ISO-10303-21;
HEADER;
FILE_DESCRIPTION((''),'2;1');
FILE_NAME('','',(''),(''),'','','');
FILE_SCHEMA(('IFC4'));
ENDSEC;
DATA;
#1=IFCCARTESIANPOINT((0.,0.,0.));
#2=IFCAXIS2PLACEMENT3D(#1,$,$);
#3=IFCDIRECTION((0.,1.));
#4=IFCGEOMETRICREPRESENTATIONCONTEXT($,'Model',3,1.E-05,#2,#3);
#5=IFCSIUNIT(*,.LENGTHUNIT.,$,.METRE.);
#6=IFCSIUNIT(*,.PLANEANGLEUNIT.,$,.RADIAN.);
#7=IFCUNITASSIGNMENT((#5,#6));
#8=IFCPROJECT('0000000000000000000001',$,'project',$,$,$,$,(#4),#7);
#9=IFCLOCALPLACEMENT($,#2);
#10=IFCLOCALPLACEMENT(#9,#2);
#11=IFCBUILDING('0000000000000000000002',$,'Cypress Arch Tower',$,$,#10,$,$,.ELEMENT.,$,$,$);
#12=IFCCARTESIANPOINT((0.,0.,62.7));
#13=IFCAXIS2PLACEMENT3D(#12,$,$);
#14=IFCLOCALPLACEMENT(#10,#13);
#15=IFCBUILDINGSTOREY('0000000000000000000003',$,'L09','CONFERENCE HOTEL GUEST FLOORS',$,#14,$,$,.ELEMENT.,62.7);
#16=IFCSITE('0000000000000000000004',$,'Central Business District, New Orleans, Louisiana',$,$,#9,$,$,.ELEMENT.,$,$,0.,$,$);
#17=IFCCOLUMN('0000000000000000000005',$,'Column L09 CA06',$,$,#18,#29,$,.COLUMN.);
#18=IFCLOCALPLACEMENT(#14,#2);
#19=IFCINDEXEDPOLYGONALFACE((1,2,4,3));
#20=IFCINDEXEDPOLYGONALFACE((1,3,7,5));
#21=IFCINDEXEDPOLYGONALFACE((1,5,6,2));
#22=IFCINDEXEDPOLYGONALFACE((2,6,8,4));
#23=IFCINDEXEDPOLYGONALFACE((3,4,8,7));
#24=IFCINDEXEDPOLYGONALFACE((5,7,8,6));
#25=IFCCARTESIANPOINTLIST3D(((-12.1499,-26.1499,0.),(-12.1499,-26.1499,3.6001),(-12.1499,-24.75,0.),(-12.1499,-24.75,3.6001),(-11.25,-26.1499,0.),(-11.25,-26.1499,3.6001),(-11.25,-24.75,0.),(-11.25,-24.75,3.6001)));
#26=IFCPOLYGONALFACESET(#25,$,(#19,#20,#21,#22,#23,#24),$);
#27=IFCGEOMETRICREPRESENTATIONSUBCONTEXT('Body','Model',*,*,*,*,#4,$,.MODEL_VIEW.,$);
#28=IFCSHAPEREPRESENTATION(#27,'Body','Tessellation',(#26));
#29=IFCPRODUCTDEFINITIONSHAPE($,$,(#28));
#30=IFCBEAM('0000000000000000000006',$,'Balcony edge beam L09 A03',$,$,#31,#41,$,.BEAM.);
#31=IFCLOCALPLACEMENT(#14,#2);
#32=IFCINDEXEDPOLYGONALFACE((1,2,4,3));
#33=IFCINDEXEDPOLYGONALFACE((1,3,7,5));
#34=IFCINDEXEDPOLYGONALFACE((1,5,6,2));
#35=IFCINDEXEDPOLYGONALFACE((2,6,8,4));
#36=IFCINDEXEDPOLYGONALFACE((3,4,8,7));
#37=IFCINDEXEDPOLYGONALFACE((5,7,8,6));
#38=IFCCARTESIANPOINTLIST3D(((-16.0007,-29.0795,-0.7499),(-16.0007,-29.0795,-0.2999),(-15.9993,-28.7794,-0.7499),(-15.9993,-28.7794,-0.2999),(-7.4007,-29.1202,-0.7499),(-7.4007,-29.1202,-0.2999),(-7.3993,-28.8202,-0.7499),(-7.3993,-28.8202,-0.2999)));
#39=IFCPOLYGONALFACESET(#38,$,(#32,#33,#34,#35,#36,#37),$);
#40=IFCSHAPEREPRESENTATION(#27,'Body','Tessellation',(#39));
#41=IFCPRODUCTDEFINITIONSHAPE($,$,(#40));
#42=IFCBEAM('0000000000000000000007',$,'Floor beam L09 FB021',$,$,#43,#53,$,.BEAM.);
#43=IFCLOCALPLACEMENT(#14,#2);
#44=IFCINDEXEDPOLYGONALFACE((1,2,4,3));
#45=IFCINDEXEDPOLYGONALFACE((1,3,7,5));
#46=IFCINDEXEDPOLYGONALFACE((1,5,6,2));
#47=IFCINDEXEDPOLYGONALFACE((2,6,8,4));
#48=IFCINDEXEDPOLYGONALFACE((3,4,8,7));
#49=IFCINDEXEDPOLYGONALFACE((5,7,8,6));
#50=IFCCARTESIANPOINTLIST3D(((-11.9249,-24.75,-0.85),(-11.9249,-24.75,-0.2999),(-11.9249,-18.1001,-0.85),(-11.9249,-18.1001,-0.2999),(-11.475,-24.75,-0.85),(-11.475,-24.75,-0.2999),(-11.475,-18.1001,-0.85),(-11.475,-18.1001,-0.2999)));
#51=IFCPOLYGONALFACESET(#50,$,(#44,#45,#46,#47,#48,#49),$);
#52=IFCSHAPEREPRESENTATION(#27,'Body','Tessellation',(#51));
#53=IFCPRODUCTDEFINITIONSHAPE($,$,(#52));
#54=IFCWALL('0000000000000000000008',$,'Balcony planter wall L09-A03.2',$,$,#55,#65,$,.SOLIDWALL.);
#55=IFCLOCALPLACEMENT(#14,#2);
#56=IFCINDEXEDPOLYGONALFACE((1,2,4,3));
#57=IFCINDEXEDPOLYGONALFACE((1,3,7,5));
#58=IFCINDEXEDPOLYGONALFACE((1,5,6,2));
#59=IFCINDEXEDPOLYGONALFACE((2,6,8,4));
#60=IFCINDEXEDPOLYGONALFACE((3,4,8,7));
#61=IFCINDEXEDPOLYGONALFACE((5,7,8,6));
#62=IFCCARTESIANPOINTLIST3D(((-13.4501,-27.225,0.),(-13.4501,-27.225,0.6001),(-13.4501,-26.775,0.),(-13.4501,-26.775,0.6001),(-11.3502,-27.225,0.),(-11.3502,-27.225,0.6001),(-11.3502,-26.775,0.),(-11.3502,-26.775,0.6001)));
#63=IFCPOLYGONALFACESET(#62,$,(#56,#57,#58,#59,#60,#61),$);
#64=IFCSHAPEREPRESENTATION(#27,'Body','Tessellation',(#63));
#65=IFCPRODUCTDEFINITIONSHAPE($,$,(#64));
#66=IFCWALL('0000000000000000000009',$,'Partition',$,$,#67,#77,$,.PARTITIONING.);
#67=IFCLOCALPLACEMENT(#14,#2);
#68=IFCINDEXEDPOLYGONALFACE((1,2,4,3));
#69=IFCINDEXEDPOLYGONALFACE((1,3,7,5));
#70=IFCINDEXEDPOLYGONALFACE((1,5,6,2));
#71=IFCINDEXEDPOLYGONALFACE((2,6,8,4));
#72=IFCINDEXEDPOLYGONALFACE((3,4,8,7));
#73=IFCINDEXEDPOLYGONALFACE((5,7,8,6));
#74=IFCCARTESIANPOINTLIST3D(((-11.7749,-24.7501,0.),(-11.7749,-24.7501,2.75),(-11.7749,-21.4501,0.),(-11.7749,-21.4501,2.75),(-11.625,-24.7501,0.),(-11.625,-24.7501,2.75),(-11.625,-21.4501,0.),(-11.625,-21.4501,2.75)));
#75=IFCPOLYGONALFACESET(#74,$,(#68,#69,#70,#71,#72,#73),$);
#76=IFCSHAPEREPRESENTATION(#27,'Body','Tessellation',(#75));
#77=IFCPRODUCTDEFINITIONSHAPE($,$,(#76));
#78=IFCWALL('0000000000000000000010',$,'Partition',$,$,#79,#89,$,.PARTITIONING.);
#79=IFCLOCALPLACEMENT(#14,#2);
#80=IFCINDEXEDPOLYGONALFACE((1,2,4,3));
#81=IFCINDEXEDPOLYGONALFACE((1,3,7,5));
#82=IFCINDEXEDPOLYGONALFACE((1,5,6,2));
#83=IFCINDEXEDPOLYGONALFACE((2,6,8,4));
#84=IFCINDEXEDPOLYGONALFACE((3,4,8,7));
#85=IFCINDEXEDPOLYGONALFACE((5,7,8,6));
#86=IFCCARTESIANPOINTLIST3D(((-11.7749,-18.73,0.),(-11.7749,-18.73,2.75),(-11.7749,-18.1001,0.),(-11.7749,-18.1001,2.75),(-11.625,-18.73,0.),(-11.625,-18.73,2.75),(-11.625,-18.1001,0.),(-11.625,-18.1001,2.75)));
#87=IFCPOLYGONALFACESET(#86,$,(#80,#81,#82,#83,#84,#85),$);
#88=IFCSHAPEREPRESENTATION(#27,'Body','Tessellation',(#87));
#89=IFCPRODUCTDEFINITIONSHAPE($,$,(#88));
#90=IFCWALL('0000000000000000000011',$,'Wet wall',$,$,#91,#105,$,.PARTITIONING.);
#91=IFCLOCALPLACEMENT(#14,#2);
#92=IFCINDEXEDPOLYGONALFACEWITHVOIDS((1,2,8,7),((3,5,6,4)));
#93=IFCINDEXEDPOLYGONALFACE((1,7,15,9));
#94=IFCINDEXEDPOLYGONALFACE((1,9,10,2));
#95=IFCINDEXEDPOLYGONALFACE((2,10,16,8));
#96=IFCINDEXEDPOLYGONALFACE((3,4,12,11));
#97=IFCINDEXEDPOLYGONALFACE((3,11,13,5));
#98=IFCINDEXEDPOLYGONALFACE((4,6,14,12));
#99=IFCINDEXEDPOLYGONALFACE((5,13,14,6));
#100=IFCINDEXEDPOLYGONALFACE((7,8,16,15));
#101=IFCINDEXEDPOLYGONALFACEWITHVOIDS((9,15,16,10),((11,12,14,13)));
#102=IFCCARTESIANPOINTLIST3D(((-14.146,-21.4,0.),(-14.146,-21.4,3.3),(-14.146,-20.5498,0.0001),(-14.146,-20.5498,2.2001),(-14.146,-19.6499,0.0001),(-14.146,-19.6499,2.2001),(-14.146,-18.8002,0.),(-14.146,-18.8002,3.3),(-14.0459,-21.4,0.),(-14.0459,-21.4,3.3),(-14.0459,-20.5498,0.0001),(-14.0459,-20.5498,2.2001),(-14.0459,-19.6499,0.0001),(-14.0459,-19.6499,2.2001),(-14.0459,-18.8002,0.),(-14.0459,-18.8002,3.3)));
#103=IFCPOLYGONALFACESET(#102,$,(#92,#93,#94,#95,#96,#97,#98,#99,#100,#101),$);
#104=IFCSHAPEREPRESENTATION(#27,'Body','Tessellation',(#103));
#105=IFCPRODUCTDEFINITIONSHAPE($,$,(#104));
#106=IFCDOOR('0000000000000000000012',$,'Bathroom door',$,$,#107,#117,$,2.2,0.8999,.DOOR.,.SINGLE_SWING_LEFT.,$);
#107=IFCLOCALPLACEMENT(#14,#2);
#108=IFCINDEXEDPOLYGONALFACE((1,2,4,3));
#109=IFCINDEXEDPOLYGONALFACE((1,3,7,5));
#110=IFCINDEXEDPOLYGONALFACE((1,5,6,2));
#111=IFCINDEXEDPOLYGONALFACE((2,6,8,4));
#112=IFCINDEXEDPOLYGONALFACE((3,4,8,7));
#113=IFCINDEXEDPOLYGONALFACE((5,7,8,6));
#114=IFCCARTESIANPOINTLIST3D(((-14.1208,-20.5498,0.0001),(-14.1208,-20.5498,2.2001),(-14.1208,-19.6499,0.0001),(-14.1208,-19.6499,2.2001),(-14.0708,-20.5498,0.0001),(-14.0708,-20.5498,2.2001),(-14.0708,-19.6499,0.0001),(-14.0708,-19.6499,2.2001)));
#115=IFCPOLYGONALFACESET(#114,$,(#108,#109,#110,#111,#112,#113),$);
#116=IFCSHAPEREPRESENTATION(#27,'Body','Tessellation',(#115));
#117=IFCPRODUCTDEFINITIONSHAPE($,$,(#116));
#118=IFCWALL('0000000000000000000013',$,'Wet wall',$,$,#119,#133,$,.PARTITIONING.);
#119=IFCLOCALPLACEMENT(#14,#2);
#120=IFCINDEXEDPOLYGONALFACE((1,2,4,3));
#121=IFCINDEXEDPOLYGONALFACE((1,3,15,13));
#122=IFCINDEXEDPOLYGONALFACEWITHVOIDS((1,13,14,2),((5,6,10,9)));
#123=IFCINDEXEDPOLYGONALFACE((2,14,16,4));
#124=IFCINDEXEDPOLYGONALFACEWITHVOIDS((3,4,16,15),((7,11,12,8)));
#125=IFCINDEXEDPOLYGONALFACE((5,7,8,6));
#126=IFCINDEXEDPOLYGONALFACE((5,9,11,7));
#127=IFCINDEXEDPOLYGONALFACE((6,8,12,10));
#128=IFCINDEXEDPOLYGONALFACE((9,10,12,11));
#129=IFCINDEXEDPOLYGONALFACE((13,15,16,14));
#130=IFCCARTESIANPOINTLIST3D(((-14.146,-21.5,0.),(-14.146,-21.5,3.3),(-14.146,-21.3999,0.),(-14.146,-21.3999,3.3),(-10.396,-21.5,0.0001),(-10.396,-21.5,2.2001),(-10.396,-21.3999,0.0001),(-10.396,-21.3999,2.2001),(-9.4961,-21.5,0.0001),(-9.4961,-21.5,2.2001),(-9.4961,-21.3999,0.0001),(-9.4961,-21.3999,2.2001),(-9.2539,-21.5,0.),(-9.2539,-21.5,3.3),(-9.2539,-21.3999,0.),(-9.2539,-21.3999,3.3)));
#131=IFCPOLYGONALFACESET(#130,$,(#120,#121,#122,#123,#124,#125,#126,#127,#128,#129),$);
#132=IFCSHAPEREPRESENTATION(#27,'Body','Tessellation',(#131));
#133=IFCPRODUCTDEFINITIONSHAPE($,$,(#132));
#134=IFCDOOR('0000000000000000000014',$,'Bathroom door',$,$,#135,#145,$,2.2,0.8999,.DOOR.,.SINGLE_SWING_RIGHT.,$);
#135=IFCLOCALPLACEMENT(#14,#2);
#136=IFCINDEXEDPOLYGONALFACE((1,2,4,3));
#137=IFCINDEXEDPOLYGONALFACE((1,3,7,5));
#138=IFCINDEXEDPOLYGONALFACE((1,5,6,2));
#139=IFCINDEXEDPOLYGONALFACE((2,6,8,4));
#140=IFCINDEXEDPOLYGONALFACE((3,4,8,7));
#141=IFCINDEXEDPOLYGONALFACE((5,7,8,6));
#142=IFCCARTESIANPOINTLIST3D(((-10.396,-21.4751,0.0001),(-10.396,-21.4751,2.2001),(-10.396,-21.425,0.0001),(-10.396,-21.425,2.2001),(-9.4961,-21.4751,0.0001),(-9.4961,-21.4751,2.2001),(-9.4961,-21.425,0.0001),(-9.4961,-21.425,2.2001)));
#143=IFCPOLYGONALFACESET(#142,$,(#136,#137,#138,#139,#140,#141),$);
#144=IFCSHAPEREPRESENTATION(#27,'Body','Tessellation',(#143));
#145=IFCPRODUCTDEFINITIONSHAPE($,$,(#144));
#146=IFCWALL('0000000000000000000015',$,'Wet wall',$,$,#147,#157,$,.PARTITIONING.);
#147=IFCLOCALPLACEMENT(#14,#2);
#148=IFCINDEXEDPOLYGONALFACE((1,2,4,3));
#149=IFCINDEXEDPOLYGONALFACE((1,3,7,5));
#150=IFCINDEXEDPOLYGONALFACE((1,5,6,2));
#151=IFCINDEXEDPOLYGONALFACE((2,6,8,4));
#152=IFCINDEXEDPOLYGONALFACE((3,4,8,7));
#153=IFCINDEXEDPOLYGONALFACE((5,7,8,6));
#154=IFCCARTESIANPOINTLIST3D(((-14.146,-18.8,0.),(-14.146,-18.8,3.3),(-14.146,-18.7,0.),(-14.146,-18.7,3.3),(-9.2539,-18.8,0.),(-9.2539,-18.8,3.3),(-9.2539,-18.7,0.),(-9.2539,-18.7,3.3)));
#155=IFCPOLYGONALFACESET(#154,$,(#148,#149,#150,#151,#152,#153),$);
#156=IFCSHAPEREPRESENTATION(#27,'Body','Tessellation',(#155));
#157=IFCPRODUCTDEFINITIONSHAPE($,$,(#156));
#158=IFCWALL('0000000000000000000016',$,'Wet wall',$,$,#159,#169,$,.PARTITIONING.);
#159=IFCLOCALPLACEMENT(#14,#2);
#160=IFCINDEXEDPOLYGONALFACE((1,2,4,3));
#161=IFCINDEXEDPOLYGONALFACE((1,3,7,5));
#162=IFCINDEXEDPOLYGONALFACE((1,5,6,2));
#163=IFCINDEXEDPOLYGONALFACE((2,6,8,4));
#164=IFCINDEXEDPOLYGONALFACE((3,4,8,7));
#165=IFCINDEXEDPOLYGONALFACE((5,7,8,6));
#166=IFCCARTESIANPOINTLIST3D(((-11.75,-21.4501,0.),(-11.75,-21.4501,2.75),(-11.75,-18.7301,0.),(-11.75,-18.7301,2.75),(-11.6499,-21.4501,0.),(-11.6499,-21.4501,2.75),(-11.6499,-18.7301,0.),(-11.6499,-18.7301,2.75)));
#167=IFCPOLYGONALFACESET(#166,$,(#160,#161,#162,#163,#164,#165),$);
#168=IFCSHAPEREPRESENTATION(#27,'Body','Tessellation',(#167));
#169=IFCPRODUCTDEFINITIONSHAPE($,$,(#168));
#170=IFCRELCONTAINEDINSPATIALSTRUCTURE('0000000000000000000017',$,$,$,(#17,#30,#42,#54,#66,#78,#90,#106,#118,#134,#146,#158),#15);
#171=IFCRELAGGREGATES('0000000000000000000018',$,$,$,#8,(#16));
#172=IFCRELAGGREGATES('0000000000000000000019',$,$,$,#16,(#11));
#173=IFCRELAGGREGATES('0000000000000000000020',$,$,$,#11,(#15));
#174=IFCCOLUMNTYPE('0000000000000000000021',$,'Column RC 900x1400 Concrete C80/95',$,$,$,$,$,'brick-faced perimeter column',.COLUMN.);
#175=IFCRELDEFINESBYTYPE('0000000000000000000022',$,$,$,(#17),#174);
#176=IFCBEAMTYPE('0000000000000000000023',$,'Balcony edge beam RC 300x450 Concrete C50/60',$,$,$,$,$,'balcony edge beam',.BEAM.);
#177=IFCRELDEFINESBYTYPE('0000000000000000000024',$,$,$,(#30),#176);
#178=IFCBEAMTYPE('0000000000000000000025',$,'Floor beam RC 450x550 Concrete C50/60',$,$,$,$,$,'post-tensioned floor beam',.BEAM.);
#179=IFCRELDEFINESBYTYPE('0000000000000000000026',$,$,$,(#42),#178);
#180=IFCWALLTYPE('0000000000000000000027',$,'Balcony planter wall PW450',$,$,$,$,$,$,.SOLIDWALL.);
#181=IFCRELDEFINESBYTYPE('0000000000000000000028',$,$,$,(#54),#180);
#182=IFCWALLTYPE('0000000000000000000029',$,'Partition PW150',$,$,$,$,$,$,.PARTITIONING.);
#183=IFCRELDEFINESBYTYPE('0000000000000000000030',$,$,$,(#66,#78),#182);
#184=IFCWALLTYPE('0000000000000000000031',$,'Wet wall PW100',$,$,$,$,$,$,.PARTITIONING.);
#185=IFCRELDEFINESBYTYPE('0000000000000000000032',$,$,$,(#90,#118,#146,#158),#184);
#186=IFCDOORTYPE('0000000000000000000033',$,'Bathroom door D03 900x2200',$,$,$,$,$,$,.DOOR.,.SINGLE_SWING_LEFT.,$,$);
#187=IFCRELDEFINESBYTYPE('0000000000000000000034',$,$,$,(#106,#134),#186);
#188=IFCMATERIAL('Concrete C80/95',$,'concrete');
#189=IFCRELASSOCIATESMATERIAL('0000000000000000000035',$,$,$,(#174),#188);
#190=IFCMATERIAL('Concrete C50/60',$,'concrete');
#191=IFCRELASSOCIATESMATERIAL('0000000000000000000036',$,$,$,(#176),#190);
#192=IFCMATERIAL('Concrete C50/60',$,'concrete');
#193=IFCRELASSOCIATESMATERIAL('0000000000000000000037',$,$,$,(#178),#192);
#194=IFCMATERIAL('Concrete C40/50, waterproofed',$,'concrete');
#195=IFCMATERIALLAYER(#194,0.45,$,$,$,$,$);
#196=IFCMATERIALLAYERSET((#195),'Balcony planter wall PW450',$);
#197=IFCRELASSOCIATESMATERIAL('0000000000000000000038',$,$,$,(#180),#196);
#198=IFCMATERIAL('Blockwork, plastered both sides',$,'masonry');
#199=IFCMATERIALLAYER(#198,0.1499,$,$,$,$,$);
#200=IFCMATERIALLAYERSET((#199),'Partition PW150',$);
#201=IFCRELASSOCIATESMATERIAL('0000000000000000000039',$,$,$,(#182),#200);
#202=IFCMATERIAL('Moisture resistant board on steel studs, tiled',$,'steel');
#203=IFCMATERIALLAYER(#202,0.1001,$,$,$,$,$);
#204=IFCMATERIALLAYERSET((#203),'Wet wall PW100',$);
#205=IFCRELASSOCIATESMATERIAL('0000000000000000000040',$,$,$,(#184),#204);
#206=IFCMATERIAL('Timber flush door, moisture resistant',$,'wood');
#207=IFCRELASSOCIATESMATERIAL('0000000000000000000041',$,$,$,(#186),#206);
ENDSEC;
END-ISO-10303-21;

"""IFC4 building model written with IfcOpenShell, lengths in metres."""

from ifc_helpers import new_model, si_unit, direction, frame, frame_2d, origin, origin_2d, place, context, subcontext, project, spatial, rectangle, extrude, material, layer, layer_set, material_profile, profile_set, type_object, element, fill, save


model = new_model("IFC4")

# Units and contexts
model_context = context("Model", 3, precision=1e-05, world=origin(), true_north=direction((0.0, 1.0)))
body_context = subcontext(model_context, "Body", "Model", "MODEL_VIEW")
ifc_project = project(units=[si_unit("LENGTHUNIT", "METRE"), si_unit("PLANEANGLEUNIT", "RADIAN")], contexts=[model_context])

# Site, building, storey
site_placement = place(None, origin())
site = spatial("IfcSite", under=ifc_project, at=site_placement, Name="Central Business District, New Orleans, Louisiana", CompositionType="ELEMENT", RefElevation=0.0)
building_placement = place(site_placement, origin())
building = spatial("IfcBuilding", under=site, at=building_placement, Name="Cypress Arch Tower", CompositionType="ELEMENT")
storey_placement = place(building_placement, frame((0.0, 0.0, 62.7)))
storey = spatial("IfcBuildingStorey", under=building, at=storey_placement, Name="L09", Description="CONFERENCE HOTEL GUEST FLOORS", CompositionType="ELEMENT", Elevation=62.7)

# Column
ifc_material_1 = material(Name="Concrete C80/95", Category="concrete")
ifc_material_profile_1 = material_profile(ifc_material_1, rectangle(XDim=0.8999, YDim=1.3999, at=origin_2d()), Name="RC 900x1400")
ifc_profile_set_1 = profile_set([ifc_material_profile_1], Name="Concrete C80/95")
column_type = type_object("IfcColumnType", Name="Column RC 900x1400 Concrete C80/95", ElementType="brick-faced perimeter column", PredefinedType="COLUMN", material=ifc_profile_set_1)
column_placement = place(storey_placement, frame((-11.7, -25.45, 0.0), z_axis=(0.0, 0.0, 1.0), x_axis=(1.0, 0.0, 0.0)))
element("IfcColumn", 1, at=column_placement, inside=storey, type_object=column_type, Name="Column L09 CA06", PredefinedType="COLUMN", context=body_context, shape_type="SweptSolid", body=[
    extrude(rectangle(XDim=0.8999, YDim=1.3999, at=origin_2d()), origin(), (0.0, 0.0, 1.0), 3.6001),
])

# Beams
ifc_material_2 = material(Name="Concrete C50/60", Category="concrete")
ifc_material_profile_2 = material_profile(ifc_material_2, rectangle(XDim=0.3, YDim=0.45, at=origin_2d()), Name="RC 300x450")
ifc_profile_set_2 = profile_set([ifc_material_profile_2], Name="Concrete C50/60")
beam_type_1 = type_object("IfcBeamType", Name="Balcony edge beam RC 300x450 Concrete C50/60", ElementType="balcony edge beam", PredefinedType="BEAM", material=ifc_profile_set_2)
beam_1_placement = place(storey_placement, frame((-16.0, -28.9294, -0.5249), z_axis=(0.999989, -0.004741, 0.0), x_axis=(0.004741, 0.999989, 0.0)))
element("IfcBeam", 2, at=beam_1_placement, inside=storey, type_object=beam_type_1, Name="Balcony edge beam L09 A03", PredefinedType="BEAM", context=body_context, shape_type="SweptSolid", body=[
    extrude(rectangle(XDim=0.3, YDim=0.45, at=origin_2d()), origin(), (0.0, 0.0, 1.0), 8.6001),
])
ifc_material_3 = material(Name="Concrete C50/60", Category="concrete")
ifc_material_profile_3 = material_profile(ifc_material_3, rectangle(XDim=0.45, YDim=0.55, at=origin_2d()), Name="RC 450x550")
ifc_profile_set_3 = profile_set([ifc_material_profile_3], Name="Concrete C50/60")
beam_type_2 = type_object("IfcBeamType", Name="Floor beam RC 450x550 Concrete C50/60", ElementType="post-tensioned floor beam", PredefinedType="BEAM", material=ifc_profile_set_3)
beam_2_placement = place(storey_placement, frame((-11.7, -24.75, -0.575), z_axis=(0.0, 1.0, 0.0), x_axis=(-1.0, 0.0, 0.0)))
element("IfcBeam", 3, at=beam_2_placement, inside=storey, type_object=beam_type_2, Name="Floor beam L09 FB021", PredefinedType="BEAM", context=body_context, shape_type="SweptSolid", body=[
    extrude(rectangle(XDim=0.45, YDim=0.55, at=origin_2d()), origin(), (0.0, 0.0, 1.0), 6.6499),
])

# Wall
ifc_material_4 = material(Name="Concrete C40/50, waterproofed", Category="concrete")
ifc_layer_1 = layer(ifc_material_4, 0.45)
ifc_layer_set_1 = layer_set([ifc_layer_1], Name="Balcony planter wall PW450")
wall_type_1 = type_object("IfcWallType", Name="Balcony planter wall PW450", PredefinedType="SOLIDWALL", material=ifc_layer_set_1)
wall_1_placement = place(storey_placement, frame((-13.45, -27.0, 0.0), z_axis=(0.0, 0.0, 1.0), x_axis=(1.0, 0.0, 0.0)))
element("IfcWall", 4, at=wall_1_placement, inside=storey, type_object=wall_type_1, Name="Balcony planter wall L09-A03.2", PredefinedType="SOLIDWALL", context=body_context, shape_type="SweptSolid", body=[
    extrude(rectangle(XDim=2.0999, YDim=0.45, at=frame_2d((1.0498, 0.0))), origin(), (0.0, 0.0, 1.0), 0.6001),
])

# Walls
ifc_material_5 = material(Name="Blockwork, plastered both sides", Category="masonry")
ifc_layer_2 = layer(ifc_material_5, 0.1499)
ifc_layer_set_2 = layer_set([ifc_layer_2], Name="Partition PW150")
wall_type_2 = type_object("IfcWallType", Name="Partition PW150", PredefinedType="PARTITIONING", material=ifc_layer_set_2)
wall_2_placement = place(storey_placement, frame((-11.7, -24.75, 0.0), z_axis=(0.0, 0.0, 1.0), x_axis=(0.0, 1.0, 0.0)))
element("IfcWall", 5, at=wall_2_placement, inside=storey, type_object=wall_type_2, Name="Partition", PredefinedType="PARTITIONING", context=body_context, shape_type="SweptSolid", body=[
    extrude(rectangle(XDim=3.3, YDim=0.1499, at=frame_2d((1.6499, 0.0))), origin(), (0.0, 0.0, 1.0), 2.75),
])
wall_3_placement = place(storey_placement, frame((-11.7, -18.73, 0.0), z_axis=(0.0, 0.0, 1.0), x_axis=(0.0, 1.0, 0.0)))
element("IfcWall", 6, at=wall_3_placement, inside=storey, type_object=wall_type_2, Name="Partition", PredefinedType="PARTITIONING", context=body_context, shape_type="SweptSolid", body=[
    extrude(rectangle(XDim=0.6299, YDim=0.1499, at=frame_2d((0.3149, 0.0))), origin(), (0.0, 0.0, 1.0), 2.75),
])

# Walls, openings, doors
ifc_material_6 = material(Name="Moisture resistant board on steel studs, tiled", Category="steel")
ifc_layer_3 = layer(ifc_material_6, 0.1001)
ifc_layer_set_3 = layer_set([ifc_layer_3], Name="Wet wall PW100")
wall_type_3 = type_object("IfcWallType", Name="Wet wall PW100", PredefinedType="PARTITIONING", material=ifc_layer_set_3)
wall_4_placement = place(storey_placement, frame((-14.0959, -21.3999, 0.0), z_axis=(0.0, 0.0, 1.0), x_axis=(0.0, 1.0, 0.0)))
wall_4 = element("IfcWall", 7, at=wall_4_placement, inside=storey, type_object=wall_type_3, Name="Wet wall", PredefinedType="PARTITIONING", context=body_context, shape_type="SweptSolid", body=[
    extrude(rectangle(XDim=2.5999, YDim=0.1001, at=frame_2d((1.2998, 0.0))), origin(), (0.0, 0.0, 1.0), 3.3),
])
opening_1_placement = place(wall_4_placement, frame((0.8501, 0.0, 0.0)))
opening_1 = element("IfcOpeningElement", 8, at=opening_1_placement, cuts=wall_4, PredefinedType="OPENING", context=body_context, shape_type="SweptSolid", body=[
    extrude(rectangle(XDim=0.8999, YDim=2.2, at=frame_2d((0.45, 1.1001))), frame((0.0, 0.0601, 0.0), z_axis=(0.0, -1.0, 0.0), x_axis=(1.0, 0.0, 0.0)), (0.0, 0.0, 1.0), 0.1201),
])
ifc_material_7 = material(Name="Timber flush door, moisture resistant", Category="wood")
door_type_1 = type_object("IfcDoorType", Name="Bathroom door D03 900x2200", OperationType="SINGLE_SWING_LEFT", PredefinedType="DOOR", material=ifc_material_7)
door_1_placement = place(opening_1_placement, origin())
door_1 = element("IfcDoor", 9, at=door_1_placement, inside=storey, type_object=door_type_1, Name="Bathroom door", OperationType="SINGLE_SWING_LEFT", OverallHeight=2.2, OverallWidth=0.8999, PredefinedType="DOOR", context=body_context, shape_type="SweptSolid", body=[
    extrude(rectangle(XDim=0.8999, YDim=2.2, at=frame_2d((0.45, 1.1001))), frame((0.0, 0.0249, 0.0), z_axis=(0.0, -1.0, 0.0), x_axis=(1.0, 0.0, 0.0)), (0.0, 0.0, 1.0), 0.05),
])
fill(opening_1, door_1)
wall_5_placement = place(storey_placement, frame((-14.146, -21.45, 0.0), z_axis=(0.0, 0.0, 1.0), x_axis=(1.0, 0.0, 0.0)))
wall_5 = element("IfcWall", 10, at=wall_5_placement, inside=storey, type_object=wall_type_3, Name="Wet wall", PredefinedType="PARTITIONING", context=body_context, shape_type="SweptSolid", body=[
    extrude(rectangle(XDim=4.8921, YDim=0.1001, at=frame_2d((2.446, 0.0))), origin(), (0.0, 0.0, 1.0), 3.3),
])
opening_2_placement = place(wall_5_placement, frame((3.75, 0.0, 0.0)))
opening_2 = element("IfcOpeningElement", 11, at=opening_2_placement, cuts=wall_5, PredefinedType="OPENING", context=body_context, shape_type="SweptSolid", body=[
    extrude(rectangle(XDim=0.8999, YDim=2.2, at=frame_2d((0.45, 1.1001))), frame((0.0, 0.0601, 0.0), z_axis=(0.0, -1.0, 0.0), x_axis=(1.0, 0.0, 0.0)), (0.0, 0.0, 1.0), 0.1201),
])
door_2_placement = place(opening_2_placement, origin())
door_2 = element("IfcDoor", 12, at=door_2_placement, inside=storey, type_object=door_type_1, Name="Bathroom door", OperationType="SINGLE_SWING_RIGHT", OverallHeight=2.2, OverallWidth=0.8999, PredefinedType="DOOR", context=body_context, shape_type="SweptSolid", body=[
    extrude(rectangle(XDim=0.8999, YDim=2.2, at=frame_2d((0.45, 1.1001))), frame((0.0, 0.0249, 0.0), z_axis=(0.0, -1.0, 0.0), x_axis=(1.0, 0.0, 0.0)), (0.0, 0.0, 1.0), 0.05),
])
fill(opening_2, door_2)

# Walls
wall_6_placement = place(storey_placement, frame((-14.146, -18.75, 0.0), z_axis=(0.0, 0.0, 1.0), x_axis=(1.0, 0.0, 0.0)))
element("IfcWall", 13, at=wall_6_placement, inside=storey, type_object=wall_type_3, Name="Wet wall", PredefinedType="PARTITIONING", context=body_context, shape_type="SweptSolid", body=[
    extrude(rectangle(XDim=4.8921, YDim=0.1001, at=frame_2d((2.446, 0.0))), origin(), (0.0, 0.0, 1.0), 3.3),
])
wall_7_placement = place(storey_placement, frame((-11.7, -21.45, 0.0), z_axis=(0.0, 0.0, 1.0), x_axis=(0.0, 1.0, 0.0)))
element("IfcWall", 14, at=wall_7_placement, inside=storey, type_object=wall_type_3, Name="Wet wall", PredefinedType="PARTITIONING", context=body_context, shape_type="SweptSolid", body=[
    extrude(rectangle(XDim=2.72, YDim=0.1001, at=frame_2d((1.3599, 0.0))), origin(), (0.0, 0.0, 1.0), 2.75),
])

save(model, "model.ifc")
